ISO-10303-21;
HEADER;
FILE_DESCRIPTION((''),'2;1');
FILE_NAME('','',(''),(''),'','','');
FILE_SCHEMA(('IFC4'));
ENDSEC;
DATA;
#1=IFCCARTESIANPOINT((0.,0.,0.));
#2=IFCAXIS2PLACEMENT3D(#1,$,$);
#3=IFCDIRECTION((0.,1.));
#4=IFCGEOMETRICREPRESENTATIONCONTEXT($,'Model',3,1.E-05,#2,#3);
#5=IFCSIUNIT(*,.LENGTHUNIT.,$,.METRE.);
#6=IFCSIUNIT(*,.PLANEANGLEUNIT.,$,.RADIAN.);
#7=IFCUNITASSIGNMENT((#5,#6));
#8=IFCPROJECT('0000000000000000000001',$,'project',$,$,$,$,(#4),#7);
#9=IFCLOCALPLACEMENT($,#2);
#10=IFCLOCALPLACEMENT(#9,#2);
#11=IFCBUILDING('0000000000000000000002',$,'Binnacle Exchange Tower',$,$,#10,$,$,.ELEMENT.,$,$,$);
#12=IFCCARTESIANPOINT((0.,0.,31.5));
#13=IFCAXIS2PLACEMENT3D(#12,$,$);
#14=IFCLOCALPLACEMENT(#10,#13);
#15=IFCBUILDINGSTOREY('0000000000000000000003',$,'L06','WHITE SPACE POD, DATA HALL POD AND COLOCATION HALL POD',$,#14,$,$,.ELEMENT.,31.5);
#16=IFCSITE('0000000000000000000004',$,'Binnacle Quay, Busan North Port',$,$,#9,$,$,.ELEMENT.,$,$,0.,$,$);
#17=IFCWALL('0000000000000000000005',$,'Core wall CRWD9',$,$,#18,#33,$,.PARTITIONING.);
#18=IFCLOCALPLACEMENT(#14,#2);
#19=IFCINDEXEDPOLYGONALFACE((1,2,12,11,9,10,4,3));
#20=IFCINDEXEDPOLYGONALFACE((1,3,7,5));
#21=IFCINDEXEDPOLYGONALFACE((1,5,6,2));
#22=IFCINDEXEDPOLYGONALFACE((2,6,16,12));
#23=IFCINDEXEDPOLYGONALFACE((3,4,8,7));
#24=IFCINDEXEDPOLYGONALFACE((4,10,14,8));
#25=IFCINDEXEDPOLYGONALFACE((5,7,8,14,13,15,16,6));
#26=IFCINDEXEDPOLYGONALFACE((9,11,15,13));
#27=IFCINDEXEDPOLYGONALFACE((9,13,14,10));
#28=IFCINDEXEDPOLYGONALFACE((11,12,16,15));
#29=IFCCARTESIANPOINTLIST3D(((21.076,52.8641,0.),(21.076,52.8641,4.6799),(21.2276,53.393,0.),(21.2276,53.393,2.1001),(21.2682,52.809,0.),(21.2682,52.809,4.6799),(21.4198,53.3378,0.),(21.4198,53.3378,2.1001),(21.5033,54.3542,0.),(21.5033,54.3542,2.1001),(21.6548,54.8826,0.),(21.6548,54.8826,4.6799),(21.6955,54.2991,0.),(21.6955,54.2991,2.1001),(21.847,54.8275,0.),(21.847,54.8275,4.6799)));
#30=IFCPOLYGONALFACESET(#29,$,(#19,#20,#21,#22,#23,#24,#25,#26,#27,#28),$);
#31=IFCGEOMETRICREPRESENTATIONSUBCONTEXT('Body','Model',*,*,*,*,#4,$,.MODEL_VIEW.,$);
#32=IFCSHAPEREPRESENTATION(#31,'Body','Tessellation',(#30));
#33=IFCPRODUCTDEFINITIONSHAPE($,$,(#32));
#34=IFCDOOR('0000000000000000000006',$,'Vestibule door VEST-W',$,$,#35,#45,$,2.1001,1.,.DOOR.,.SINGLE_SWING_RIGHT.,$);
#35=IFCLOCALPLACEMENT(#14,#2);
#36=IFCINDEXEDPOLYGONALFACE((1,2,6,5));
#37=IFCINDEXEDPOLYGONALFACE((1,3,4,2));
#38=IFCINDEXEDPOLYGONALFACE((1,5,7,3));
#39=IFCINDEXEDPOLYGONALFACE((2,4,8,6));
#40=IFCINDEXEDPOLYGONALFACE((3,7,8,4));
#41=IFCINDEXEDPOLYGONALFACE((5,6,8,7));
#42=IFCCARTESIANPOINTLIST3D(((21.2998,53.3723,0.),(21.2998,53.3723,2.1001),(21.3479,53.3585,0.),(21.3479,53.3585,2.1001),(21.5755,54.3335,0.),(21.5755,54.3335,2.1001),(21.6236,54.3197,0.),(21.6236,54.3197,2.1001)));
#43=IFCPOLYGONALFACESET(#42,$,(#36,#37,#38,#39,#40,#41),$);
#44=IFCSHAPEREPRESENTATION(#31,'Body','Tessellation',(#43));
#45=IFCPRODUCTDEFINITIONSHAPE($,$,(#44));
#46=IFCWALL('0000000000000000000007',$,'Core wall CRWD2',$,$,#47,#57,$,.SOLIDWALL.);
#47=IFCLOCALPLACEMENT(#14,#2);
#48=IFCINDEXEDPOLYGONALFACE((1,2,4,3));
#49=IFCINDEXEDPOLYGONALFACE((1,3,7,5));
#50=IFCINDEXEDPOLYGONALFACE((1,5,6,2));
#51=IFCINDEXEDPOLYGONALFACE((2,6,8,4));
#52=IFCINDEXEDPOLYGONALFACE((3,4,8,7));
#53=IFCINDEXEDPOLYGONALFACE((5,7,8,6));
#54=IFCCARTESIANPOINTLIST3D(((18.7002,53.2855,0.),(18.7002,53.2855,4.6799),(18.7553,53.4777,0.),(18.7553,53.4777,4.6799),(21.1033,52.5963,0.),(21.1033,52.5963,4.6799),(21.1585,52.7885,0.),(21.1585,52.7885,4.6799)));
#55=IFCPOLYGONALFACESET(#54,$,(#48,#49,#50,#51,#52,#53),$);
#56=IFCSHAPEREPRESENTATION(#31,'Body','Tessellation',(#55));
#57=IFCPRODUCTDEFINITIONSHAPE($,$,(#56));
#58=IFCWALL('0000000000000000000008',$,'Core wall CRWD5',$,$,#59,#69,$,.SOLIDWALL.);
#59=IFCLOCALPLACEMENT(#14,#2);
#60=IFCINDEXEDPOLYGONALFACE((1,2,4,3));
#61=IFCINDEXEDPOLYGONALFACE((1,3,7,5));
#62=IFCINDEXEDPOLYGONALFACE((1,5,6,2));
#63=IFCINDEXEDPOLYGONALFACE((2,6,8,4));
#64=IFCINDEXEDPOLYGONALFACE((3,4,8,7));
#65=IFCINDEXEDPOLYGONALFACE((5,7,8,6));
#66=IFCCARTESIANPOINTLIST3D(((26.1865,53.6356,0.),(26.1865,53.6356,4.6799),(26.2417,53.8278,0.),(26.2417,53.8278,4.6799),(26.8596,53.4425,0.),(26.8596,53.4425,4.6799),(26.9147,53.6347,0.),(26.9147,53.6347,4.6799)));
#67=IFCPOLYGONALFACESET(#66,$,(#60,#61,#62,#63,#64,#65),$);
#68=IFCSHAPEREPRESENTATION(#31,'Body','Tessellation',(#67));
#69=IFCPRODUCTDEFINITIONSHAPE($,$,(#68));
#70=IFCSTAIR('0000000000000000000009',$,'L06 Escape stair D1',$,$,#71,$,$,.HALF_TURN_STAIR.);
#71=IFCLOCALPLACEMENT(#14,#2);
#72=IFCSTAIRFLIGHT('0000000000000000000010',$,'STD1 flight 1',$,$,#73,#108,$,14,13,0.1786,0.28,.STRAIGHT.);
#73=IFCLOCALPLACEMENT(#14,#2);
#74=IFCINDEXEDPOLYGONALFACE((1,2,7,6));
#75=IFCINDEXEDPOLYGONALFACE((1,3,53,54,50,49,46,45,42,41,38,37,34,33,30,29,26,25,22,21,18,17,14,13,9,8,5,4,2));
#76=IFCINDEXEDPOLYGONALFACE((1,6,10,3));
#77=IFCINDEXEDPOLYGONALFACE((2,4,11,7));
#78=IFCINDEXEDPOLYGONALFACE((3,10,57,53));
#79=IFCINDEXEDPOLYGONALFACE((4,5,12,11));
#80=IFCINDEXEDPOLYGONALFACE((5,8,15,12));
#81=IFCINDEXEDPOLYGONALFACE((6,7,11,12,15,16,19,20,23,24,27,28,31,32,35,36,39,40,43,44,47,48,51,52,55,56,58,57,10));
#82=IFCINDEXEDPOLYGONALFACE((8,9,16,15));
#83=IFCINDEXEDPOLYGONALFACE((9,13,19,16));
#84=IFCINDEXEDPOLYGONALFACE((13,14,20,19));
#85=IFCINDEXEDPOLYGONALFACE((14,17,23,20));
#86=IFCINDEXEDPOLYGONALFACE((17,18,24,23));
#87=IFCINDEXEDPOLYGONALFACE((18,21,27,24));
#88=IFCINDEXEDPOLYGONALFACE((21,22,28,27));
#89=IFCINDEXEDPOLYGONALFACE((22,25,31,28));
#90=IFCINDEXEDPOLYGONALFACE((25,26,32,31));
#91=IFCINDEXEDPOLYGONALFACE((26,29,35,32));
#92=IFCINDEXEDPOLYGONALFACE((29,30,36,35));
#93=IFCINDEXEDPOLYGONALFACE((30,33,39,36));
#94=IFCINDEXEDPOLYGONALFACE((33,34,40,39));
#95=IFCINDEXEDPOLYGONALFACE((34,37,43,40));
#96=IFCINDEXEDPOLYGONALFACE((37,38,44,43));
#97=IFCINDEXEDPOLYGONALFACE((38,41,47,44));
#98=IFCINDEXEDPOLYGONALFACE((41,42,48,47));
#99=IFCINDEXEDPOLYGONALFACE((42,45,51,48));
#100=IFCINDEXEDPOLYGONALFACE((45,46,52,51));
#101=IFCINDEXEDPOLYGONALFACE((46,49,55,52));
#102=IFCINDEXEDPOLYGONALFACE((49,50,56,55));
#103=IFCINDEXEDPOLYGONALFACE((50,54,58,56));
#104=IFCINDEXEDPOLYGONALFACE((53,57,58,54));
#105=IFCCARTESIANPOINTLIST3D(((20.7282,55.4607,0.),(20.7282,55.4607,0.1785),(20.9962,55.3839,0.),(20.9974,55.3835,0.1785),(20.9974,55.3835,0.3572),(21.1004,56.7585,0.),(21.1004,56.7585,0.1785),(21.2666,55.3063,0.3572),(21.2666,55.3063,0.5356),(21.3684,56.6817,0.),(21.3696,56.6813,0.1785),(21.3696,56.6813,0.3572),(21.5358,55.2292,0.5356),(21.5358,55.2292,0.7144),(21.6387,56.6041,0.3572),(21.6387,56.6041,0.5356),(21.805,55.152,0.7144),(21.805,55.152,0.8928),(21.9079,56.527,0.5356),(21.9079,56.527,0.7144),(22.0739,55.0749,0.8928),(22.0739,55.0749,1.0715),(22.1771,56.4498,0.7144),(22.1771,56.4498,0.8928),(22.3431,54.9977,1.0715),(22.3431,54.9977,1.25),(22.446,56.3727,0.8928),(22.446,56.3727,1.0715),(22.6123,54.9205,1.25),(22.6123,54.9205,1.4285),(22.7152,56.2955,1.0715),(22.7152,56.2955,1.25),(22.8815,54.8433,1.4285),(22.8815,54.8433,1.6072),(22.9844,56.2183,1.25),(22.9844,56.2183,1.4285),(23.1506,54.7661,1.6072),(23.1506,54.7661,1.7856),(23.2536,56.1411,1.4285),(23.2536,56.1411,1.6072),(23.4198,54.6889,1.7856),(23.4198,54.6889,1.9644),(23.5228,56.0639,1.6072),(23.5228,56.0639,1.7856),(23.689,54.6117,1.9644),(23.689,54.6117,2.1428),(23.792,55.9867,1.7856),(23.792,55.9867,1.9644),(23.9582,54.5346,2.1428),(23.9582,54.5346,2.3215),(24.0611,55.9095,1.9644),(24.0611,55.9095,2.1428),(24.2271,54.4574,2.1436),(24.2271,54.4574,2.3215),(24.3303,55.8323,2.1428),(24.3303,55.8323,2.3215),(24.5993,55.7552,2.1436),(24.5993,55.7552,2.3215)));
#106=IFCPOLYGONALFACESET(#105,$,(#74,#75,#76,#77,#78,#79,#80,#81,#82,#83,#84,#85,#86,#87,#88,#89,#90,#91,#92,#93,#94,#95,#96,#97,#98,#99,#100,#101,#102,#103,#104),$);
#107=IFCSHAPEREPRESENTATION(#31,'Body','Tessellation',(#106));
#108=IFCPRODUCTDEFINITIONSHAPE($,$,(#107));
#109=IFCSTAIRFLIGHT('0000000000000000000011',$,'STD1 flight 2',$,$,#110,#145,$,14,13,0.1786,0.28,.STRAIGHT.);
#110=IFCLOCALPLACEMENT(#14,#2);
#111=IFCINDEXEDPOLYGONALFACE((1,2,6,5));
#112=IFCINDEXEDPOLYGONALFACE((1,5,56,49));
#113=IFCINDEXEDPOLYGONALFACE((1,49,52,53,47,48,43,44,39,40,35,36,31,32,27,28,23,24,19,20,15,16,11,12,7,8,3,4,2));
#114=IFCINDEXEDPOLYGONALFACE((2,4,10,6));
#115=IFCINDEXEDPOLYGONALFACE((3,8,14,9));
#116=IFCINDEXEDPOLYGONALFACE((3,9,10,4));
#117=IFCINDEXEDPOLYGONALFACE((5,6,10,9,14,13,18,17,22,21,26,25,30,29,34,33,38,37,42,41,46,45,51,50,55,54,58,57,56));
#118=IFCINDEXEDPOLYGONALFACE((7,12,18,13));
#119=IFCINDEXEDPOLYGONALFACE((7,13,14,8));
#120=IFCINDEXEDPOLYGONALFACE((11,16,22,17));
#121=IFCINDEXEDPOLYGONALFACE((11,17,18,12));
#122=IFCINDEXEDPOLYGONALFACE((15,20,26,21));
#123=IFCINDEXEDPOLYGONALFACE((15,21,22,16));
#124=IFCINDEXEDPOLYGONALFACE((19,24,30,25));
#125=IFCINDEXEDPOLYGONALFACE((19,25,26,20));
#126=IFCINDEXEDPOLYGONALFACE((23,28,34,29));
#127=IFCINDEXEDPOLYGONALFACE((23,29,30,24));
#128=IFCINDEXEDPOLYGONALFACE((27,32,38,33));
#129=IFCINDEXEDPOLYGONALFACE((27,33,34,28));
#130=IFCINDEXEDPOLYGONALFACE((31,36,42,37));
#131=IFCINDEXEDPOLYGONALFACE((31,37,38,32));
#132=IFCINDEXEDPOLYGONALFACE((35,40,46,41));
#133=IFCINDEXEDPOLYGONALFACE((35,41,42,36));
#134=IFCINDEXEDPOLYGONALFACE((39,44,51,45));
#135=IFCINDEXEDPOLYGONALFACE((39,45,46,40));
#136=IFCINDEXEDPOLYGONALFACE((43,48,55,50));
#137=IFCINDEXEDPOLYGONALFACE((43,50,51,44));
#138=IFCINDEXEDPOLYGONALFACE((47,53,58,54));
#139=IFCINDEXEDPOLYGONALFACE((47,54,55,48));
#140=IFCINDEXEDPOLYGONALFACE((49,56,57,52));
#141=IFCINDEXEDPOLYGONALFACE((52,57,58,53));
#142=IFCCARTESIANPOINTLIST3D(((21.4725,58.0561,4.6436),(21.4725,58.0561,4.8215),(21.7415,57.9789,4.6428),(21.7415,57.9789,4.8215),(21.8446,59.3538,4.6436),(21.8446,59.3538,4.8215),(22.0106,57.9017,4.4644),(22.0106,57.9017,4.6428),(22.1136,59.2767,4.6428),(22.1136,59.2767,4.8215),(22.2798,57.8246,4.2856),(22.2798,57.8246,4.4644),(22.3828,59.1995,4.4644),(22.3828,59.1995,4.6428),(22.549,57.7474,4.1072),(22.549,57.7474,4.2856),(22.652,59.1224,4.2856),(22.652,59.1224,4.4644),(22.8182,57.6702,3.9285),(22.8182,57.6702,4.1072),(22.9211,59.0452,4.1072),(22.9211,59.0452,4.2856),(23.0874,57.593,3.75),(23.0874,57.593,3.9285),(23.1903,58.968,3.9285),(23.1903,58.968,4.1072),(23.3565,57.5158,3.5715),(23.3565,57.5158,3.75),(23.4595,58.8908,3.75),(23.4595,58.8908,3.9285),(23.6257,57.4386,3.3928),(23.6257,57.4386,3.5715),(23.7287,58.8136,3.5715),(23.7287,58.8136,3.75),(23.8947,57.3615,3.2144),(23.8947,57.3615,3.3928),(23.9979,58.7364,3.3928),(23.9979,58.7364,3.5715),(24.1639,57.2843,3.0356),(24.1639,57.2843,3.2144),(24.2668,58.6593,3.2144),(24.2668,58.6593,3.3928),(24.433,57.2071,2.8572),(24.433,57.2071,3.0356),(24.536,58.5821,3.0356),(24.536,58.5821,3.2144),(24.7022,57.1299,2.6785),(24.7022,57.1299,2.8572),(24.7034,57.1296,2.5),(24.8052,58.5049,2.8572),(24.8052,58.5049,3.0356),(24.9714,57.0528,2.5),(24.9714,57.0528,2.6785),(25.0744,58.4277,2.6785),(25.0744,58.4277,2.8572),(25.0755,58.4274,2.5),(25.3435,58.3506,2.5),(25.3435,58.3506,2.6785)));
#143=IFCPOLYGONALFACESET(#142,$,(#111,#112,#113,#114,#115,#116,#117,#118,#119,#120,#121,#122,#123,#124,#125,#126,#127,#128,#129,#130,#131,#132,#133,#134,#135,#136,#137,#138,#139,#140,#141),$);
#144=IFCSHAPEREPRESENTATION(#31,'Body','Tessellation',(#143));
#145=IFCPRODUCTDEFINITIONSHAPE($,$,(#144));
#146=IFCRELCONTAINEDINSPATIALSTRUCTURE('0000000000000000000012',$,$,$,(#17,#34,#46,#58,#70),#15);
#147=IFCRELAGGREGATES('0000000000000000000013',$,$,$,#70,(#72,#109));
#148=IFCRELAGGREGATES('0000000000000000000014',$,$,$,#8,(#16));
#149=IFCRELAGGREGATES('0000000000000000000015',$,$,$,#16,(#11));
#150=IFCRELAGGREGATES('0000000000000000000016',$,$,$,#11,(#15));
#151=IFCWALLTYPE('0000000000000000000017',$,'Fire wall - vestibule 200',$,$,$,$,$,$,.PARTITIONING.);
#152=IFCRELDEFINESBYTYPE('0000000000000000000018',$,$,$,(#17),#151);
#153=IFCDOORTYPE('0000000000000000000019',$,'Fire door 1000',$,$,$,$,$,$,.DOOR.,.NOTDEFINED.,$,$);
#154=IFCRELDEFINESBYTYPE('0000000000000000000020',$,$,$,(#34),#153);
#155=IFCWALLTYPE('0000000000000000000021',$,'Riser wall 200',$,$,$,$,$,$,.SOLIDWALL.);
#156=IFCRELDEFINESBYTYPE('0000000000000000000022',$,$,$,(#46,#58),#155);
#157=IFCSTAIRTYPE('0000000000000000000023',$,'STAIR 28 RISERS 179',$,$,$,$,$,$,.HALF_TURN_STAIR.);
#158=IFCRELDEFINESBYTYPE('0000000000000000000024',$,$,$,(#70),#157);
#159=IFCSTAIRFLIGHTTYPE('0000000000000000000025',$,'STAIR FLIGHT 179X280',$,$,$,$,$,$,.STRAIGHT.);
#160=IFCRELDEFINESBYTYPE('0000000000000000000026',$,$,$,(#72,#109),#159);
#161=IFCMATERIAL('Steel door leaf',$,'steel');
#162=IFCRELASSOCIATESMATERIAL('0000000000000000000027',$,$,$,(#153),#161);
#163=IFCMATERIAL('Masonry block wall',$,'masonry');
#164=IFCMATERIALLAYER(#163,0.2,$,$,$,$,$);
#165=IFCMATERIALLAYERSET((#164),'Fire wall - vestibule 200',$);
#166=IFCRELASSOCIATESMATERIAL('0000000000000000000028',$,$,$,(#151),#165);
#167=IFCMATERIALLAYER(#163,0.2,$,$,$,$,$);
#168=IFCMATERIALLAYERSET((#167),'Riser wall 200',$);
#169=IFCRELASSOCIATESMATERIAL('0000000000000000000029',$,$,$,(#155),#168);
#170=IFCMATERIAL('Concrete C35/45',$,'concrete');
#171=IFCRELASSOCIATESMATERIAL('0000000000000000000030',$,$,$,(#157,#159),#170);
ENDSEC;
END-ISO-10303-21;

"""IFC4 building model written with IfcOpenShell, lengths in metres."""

from ifc_helpers import new_model, si_unit, direction, frame, frame_2d, origin, place, context, subcontext, project, spatial, polyline, rectangle, outline, extrude, material, layer, layer_set, type_object, element, fill, aggregate, save


model = new_model("IFC4")

# Units and contexts
model_context = context("Model", 3, precision=1e-05, world=origin(), true_north=direction((0.0, 1.0)))
body_context = subcontext(model_context, "Body", "Model", "MODEL_VIEW")
ifc_project = project(units=[si_unit("LENGTHUNIT", "METRE"), si_unit("PLANEANGLEUNIT", "RADIAN")], contexts=[model_context])

# Site, building, storey
site_placement = place(None, origin())
site = spatial("IfcSite", under=ifc_project, at=site_placement, Name="Binnacle Quay, Busan North Port", CompositionType="ELEMENT", RefElevation=0.0)
building_placement = place(site_placement, origin())
building = spatial("IfcBuilding", under=site, at=building_placement, Name="Binnacle Exchange Tower", CompositionType="ELEMENT")
storey_placement = place(building_placement, frame((0.0, 0.0, 31.5)))
storey = spatial("IfcBuildingStorey", under=building, at=storey_placement, Name="L06", Description="WHITE SPACE POD, DATA HALL POD AND COLOCATION HALL POD", CompositionType="ELEMENT", Elevation=31.5)

# Shared definitions
ifc_material_1 = material(Name="Steel door leaf", Category="steel")
door_type = type_object("IfcDoorType", Name="Fire door 1000", OperationType="NOTDEFINED", PredefinedType="DOOR", material=ifc_material_1)

# Wall, opening, door
ifc_material_2 = material(Name="Masonry block wall", Category="masonry")
ifc_layer_1 = layer(ifc_material_2, 0.2)
ifc_layer_set_1 = layer_set([ifc_layer_1], Name="Fire wall - vestibule 200")
wall_type_1 = type_object("IfcWallType", Name="Fire wall - vestibule 200", PredefinedType="PARTITIONING", material=ifc_layer_set_1)
wall_1_placement = place(storey_placement, frame((21.1721, 52.8367, 0.0), z_axis=(0.0, 0.0, 1.0), x_axis=(0.275658, 0.961256, 0.0)))
wall_1 = element("IfcWall", 1, at=wall_1_placement, inside=storey, type_object=wall_type_1, Name="Core wall CRWD9", PredefinedType="PARTITIONING", context=body_context, shape_type="SweptSolid", body=[
    extrude(rectangle(XDim=2.0999, YDim=0.2, at=frame_2d((1.0498, 0.0))), origin(), (0.0, 0.0, 1.0), 4.6799),
])
opening_1_placement = place(wall_1_placement, frame((0.55, 0.0, 0.0)))
opening_1 = element("IfcOpeningElement", 2, at=opening_1_placement, cuts=wall_1, PredefinedType="OPENING", context=body_context, shape_type="SweptSolid", body=[
    extrude(rectangle(XDim=1.0, YDim=2.1001, at=frame_2d((0.5, 1.05))), frame((0.0, 0.1099, 0.0), z_axis=(0.0, -1.0, 0.0), x_axis=(1.0, 0.0, 0.0)), (0.0, 0.0, 1.0), 0.22),
])
door_1_placement = place(opening_1_placement, origin())
door_1 = element("IfcDoor", 3, at=door_1_placement, inside=storey, type_object=door_type, Name="Vestibule door VEST-W", OperationType="SINGLE_SWING_RIGHT", OverallHeight=2.1001, OverallWidth=1.0, PredefinedType="DOOR", context=body_context, shape_type="SweptSolid", body=[
    extrude(rectangle(XDim=1.0, YDim=2.1001, at=frame_2d((0.5, 1.05))), frame((0.0, 0.0249, 0.0), z_axis=(0.0, -1.0, 0.0), x_axis=(1.0, 0.0, 0.0)), (0.0, 0.0, 1.0), 0.05),
])
fill(opening_1, door_1)

# Walls
ifc_layer_2 = layer(ifc_material_2, 0.2)
ifc_layer_set_2 = layer_set([ifc_layer_2], Name="Riser wall 200")
wall_type_2 = type_object("IfcWallType", Name="Riser wall 200", PredefinedType="SOLIDWALL", material=ifc_layer_set_2)
wall_2_placement = place(storey_placement, frame((18.7278, 53.3816, 0.0), z_axis=(0.0, 0.0, 1.0), x_axis=(0.961247, -0.275688, 0.0)))
element("IfcWall", 4, at=wall_2_placement, inside=storey, type_object=wall_type_2, Name="Core wall CRWD2", PredefinedType="SOLIDWALL", context=body_context, shape_type="SweptSolid", body=[
    extrude(rectangle(XDim=2.5, YDim=0.2, at=frame_2d((1.25, 0.0))), origin(), (0.0, 0.0, 1.0), 4.6799),
])
wall_3_placement = place(storey_placement, frame((26.2141, 53.7317, 0.0), z_axis=(0.0, 0.0, 1.0), x_axis=(0.961221, -0.27578, 0.0)))
element("IfcWall", 5, at=wall_3_placement, inside=storey, type_object=wall_type_2, Name="Core wall CRWD5", PredefinedType="SOLIDWALL", context=body_context, shape_type="SweptSolid", body=[
    extrude(rectangle(XDim=0.7002, YDim=0.2, at=frame_2d((0.3501, 0.0))), origin(), (0.0, 0.0, 1.0), 4.6799),
])

# Stair, stair flights
ifc_material_3 = material(Name="Concrete C35/45", Category="concrete")
stair_type = type_object("IfcStairType", Name="STAIR 28 RISERS 179", PredefinedType="HALF_TURN_STAIR", material=ifc_material_3)
stair_placement = place(storey_placement, origin())
stair = element("IfcStair", 6, at=stair_placement, inside=storey, type_object=stair_type, Name="L06 Escape stair D1", PredefinedType="HALF_TURN_STAIR")
stair_flight_type = type_object("IfcStairFlightType", Name="STAIR FLIGHT 179X280", PredefinedType="STRAIGHT", material=ifc_material_3)
stair_flight_1_placement = place(storey_placement, frame((20.9143, 56.1096, 0.0), z_axis=(0.0, 0.0, 1.0), x_axis=(0.961262, -0.275637, 0.0)))
stair_flight_1 = element("IfcStairFlight", 7, at=stair_flight_1_placement, type_object=stair_flight_type, Name="STD1 flight 1", NumberOfRisers=14, NumberOfTreads=13, PredefinedType="STRAIGHT", RiserHeight=0.1786, TreadLength=0.28, context=body_context, shape_type="SweptSolid", body=[
    extrude(outline(polyline([(0.0, 0.0), (0.0, 0.1785), (0.28, 0.1785), (0.28, 0.3572), (0.5601, 0.3572), (0.5601, 0.5356), (0.8401, 0.5356), (0.8401, 0.7144), (1.1201, 0.7144), (1.1201, 0.8928), (1.3999, 0.8928), (1.3999, 1.0715), (1.6799, 1.0715), (1.6799, 1.25), (1.96, 1.25), (1.96, 1.4285), (2.24, 1.4285), (2.24, 1.6072), (2.52, 1.6072), (2.52, 1.7856), (2.8, 1.7856), (2.8, 1.9644), (3.0801, 1.9644), (3.0801, 2.1428), (3.3601, 2.1428), (3.3601, 2.3215), (3.6399, 2.3215), (3.6399, 2.5), (3.6399, 2.1436), (0.2788, 0.0), (0.0, 0.0)])), frame((0.0, 0.675, 0.0), z_axis=(0.0, -1.0, 0.0), x_axis=(1.0, 0.0, 0.0)), (0.0, 0.0, 1.0), 1.3501),
])
stair_flight_2_placement = place(storey_placement, frame((25.1575, 57.7017, 2.5), z_axis=(0.0, 0.0, 1.0), x_axis=(-0.961262, 0.275637, 0.0)))
stair_flight_2 = element("IfcStairFlight", 8, at=stair_flight_2_placement, type_object=stair_flight_type, Name="STD1 flight 2", NumberOfRisers=14, NumberOfTreads=13, PredefinedType="STRAIGHT", RiserHeight=0.1786, TreadLength=0.28, context=body_context, shape_type="SweptSolid", body=[
    extrude(outline(polyline([(0.0, 0.0), (0.0, 0.1785), (0.28, 0.1785), (0.28, 0.3572), (0.5601, 0.3572), (0.5601, 0.5356), (0.8401, 0.5356), (0.8401, 0.7144), (1.1201, 0.7144), (1.1201, 0.8928), (1.3999, 0.8928), (1.3999, 1.0715), (1.6799, 1.0715), (1.6799, 1.25), (1.96, 1.25), (1.96, 1.4285), (2.24, 1.4285), (2.24, 1.6072), (2.52, 1.6072), (2.52, 1.7856), (2.8, 1.7856), (2.8, 1.9644), (3.0801, 1.9644), (3.0801, 2.1428), (3.3601, 2.1428), (3.3601, 2.3215), (3.6399, 2.3215), (3.6399, 2.5), (3.6399, 2.1436), (0.2788, 0.0), (0.0, 0.0)])), frame((0.0, 0.675, 0.0), z_axis=(0.0, -1.0, 0.0), x_axis=(1.0, 0.0, 0.0)), (0.0, 0.0, 1.0), 1.3501),
])
aggregate(stair, [stair_flight_1, stair_flight_2])

save(model, "model.ifc")
